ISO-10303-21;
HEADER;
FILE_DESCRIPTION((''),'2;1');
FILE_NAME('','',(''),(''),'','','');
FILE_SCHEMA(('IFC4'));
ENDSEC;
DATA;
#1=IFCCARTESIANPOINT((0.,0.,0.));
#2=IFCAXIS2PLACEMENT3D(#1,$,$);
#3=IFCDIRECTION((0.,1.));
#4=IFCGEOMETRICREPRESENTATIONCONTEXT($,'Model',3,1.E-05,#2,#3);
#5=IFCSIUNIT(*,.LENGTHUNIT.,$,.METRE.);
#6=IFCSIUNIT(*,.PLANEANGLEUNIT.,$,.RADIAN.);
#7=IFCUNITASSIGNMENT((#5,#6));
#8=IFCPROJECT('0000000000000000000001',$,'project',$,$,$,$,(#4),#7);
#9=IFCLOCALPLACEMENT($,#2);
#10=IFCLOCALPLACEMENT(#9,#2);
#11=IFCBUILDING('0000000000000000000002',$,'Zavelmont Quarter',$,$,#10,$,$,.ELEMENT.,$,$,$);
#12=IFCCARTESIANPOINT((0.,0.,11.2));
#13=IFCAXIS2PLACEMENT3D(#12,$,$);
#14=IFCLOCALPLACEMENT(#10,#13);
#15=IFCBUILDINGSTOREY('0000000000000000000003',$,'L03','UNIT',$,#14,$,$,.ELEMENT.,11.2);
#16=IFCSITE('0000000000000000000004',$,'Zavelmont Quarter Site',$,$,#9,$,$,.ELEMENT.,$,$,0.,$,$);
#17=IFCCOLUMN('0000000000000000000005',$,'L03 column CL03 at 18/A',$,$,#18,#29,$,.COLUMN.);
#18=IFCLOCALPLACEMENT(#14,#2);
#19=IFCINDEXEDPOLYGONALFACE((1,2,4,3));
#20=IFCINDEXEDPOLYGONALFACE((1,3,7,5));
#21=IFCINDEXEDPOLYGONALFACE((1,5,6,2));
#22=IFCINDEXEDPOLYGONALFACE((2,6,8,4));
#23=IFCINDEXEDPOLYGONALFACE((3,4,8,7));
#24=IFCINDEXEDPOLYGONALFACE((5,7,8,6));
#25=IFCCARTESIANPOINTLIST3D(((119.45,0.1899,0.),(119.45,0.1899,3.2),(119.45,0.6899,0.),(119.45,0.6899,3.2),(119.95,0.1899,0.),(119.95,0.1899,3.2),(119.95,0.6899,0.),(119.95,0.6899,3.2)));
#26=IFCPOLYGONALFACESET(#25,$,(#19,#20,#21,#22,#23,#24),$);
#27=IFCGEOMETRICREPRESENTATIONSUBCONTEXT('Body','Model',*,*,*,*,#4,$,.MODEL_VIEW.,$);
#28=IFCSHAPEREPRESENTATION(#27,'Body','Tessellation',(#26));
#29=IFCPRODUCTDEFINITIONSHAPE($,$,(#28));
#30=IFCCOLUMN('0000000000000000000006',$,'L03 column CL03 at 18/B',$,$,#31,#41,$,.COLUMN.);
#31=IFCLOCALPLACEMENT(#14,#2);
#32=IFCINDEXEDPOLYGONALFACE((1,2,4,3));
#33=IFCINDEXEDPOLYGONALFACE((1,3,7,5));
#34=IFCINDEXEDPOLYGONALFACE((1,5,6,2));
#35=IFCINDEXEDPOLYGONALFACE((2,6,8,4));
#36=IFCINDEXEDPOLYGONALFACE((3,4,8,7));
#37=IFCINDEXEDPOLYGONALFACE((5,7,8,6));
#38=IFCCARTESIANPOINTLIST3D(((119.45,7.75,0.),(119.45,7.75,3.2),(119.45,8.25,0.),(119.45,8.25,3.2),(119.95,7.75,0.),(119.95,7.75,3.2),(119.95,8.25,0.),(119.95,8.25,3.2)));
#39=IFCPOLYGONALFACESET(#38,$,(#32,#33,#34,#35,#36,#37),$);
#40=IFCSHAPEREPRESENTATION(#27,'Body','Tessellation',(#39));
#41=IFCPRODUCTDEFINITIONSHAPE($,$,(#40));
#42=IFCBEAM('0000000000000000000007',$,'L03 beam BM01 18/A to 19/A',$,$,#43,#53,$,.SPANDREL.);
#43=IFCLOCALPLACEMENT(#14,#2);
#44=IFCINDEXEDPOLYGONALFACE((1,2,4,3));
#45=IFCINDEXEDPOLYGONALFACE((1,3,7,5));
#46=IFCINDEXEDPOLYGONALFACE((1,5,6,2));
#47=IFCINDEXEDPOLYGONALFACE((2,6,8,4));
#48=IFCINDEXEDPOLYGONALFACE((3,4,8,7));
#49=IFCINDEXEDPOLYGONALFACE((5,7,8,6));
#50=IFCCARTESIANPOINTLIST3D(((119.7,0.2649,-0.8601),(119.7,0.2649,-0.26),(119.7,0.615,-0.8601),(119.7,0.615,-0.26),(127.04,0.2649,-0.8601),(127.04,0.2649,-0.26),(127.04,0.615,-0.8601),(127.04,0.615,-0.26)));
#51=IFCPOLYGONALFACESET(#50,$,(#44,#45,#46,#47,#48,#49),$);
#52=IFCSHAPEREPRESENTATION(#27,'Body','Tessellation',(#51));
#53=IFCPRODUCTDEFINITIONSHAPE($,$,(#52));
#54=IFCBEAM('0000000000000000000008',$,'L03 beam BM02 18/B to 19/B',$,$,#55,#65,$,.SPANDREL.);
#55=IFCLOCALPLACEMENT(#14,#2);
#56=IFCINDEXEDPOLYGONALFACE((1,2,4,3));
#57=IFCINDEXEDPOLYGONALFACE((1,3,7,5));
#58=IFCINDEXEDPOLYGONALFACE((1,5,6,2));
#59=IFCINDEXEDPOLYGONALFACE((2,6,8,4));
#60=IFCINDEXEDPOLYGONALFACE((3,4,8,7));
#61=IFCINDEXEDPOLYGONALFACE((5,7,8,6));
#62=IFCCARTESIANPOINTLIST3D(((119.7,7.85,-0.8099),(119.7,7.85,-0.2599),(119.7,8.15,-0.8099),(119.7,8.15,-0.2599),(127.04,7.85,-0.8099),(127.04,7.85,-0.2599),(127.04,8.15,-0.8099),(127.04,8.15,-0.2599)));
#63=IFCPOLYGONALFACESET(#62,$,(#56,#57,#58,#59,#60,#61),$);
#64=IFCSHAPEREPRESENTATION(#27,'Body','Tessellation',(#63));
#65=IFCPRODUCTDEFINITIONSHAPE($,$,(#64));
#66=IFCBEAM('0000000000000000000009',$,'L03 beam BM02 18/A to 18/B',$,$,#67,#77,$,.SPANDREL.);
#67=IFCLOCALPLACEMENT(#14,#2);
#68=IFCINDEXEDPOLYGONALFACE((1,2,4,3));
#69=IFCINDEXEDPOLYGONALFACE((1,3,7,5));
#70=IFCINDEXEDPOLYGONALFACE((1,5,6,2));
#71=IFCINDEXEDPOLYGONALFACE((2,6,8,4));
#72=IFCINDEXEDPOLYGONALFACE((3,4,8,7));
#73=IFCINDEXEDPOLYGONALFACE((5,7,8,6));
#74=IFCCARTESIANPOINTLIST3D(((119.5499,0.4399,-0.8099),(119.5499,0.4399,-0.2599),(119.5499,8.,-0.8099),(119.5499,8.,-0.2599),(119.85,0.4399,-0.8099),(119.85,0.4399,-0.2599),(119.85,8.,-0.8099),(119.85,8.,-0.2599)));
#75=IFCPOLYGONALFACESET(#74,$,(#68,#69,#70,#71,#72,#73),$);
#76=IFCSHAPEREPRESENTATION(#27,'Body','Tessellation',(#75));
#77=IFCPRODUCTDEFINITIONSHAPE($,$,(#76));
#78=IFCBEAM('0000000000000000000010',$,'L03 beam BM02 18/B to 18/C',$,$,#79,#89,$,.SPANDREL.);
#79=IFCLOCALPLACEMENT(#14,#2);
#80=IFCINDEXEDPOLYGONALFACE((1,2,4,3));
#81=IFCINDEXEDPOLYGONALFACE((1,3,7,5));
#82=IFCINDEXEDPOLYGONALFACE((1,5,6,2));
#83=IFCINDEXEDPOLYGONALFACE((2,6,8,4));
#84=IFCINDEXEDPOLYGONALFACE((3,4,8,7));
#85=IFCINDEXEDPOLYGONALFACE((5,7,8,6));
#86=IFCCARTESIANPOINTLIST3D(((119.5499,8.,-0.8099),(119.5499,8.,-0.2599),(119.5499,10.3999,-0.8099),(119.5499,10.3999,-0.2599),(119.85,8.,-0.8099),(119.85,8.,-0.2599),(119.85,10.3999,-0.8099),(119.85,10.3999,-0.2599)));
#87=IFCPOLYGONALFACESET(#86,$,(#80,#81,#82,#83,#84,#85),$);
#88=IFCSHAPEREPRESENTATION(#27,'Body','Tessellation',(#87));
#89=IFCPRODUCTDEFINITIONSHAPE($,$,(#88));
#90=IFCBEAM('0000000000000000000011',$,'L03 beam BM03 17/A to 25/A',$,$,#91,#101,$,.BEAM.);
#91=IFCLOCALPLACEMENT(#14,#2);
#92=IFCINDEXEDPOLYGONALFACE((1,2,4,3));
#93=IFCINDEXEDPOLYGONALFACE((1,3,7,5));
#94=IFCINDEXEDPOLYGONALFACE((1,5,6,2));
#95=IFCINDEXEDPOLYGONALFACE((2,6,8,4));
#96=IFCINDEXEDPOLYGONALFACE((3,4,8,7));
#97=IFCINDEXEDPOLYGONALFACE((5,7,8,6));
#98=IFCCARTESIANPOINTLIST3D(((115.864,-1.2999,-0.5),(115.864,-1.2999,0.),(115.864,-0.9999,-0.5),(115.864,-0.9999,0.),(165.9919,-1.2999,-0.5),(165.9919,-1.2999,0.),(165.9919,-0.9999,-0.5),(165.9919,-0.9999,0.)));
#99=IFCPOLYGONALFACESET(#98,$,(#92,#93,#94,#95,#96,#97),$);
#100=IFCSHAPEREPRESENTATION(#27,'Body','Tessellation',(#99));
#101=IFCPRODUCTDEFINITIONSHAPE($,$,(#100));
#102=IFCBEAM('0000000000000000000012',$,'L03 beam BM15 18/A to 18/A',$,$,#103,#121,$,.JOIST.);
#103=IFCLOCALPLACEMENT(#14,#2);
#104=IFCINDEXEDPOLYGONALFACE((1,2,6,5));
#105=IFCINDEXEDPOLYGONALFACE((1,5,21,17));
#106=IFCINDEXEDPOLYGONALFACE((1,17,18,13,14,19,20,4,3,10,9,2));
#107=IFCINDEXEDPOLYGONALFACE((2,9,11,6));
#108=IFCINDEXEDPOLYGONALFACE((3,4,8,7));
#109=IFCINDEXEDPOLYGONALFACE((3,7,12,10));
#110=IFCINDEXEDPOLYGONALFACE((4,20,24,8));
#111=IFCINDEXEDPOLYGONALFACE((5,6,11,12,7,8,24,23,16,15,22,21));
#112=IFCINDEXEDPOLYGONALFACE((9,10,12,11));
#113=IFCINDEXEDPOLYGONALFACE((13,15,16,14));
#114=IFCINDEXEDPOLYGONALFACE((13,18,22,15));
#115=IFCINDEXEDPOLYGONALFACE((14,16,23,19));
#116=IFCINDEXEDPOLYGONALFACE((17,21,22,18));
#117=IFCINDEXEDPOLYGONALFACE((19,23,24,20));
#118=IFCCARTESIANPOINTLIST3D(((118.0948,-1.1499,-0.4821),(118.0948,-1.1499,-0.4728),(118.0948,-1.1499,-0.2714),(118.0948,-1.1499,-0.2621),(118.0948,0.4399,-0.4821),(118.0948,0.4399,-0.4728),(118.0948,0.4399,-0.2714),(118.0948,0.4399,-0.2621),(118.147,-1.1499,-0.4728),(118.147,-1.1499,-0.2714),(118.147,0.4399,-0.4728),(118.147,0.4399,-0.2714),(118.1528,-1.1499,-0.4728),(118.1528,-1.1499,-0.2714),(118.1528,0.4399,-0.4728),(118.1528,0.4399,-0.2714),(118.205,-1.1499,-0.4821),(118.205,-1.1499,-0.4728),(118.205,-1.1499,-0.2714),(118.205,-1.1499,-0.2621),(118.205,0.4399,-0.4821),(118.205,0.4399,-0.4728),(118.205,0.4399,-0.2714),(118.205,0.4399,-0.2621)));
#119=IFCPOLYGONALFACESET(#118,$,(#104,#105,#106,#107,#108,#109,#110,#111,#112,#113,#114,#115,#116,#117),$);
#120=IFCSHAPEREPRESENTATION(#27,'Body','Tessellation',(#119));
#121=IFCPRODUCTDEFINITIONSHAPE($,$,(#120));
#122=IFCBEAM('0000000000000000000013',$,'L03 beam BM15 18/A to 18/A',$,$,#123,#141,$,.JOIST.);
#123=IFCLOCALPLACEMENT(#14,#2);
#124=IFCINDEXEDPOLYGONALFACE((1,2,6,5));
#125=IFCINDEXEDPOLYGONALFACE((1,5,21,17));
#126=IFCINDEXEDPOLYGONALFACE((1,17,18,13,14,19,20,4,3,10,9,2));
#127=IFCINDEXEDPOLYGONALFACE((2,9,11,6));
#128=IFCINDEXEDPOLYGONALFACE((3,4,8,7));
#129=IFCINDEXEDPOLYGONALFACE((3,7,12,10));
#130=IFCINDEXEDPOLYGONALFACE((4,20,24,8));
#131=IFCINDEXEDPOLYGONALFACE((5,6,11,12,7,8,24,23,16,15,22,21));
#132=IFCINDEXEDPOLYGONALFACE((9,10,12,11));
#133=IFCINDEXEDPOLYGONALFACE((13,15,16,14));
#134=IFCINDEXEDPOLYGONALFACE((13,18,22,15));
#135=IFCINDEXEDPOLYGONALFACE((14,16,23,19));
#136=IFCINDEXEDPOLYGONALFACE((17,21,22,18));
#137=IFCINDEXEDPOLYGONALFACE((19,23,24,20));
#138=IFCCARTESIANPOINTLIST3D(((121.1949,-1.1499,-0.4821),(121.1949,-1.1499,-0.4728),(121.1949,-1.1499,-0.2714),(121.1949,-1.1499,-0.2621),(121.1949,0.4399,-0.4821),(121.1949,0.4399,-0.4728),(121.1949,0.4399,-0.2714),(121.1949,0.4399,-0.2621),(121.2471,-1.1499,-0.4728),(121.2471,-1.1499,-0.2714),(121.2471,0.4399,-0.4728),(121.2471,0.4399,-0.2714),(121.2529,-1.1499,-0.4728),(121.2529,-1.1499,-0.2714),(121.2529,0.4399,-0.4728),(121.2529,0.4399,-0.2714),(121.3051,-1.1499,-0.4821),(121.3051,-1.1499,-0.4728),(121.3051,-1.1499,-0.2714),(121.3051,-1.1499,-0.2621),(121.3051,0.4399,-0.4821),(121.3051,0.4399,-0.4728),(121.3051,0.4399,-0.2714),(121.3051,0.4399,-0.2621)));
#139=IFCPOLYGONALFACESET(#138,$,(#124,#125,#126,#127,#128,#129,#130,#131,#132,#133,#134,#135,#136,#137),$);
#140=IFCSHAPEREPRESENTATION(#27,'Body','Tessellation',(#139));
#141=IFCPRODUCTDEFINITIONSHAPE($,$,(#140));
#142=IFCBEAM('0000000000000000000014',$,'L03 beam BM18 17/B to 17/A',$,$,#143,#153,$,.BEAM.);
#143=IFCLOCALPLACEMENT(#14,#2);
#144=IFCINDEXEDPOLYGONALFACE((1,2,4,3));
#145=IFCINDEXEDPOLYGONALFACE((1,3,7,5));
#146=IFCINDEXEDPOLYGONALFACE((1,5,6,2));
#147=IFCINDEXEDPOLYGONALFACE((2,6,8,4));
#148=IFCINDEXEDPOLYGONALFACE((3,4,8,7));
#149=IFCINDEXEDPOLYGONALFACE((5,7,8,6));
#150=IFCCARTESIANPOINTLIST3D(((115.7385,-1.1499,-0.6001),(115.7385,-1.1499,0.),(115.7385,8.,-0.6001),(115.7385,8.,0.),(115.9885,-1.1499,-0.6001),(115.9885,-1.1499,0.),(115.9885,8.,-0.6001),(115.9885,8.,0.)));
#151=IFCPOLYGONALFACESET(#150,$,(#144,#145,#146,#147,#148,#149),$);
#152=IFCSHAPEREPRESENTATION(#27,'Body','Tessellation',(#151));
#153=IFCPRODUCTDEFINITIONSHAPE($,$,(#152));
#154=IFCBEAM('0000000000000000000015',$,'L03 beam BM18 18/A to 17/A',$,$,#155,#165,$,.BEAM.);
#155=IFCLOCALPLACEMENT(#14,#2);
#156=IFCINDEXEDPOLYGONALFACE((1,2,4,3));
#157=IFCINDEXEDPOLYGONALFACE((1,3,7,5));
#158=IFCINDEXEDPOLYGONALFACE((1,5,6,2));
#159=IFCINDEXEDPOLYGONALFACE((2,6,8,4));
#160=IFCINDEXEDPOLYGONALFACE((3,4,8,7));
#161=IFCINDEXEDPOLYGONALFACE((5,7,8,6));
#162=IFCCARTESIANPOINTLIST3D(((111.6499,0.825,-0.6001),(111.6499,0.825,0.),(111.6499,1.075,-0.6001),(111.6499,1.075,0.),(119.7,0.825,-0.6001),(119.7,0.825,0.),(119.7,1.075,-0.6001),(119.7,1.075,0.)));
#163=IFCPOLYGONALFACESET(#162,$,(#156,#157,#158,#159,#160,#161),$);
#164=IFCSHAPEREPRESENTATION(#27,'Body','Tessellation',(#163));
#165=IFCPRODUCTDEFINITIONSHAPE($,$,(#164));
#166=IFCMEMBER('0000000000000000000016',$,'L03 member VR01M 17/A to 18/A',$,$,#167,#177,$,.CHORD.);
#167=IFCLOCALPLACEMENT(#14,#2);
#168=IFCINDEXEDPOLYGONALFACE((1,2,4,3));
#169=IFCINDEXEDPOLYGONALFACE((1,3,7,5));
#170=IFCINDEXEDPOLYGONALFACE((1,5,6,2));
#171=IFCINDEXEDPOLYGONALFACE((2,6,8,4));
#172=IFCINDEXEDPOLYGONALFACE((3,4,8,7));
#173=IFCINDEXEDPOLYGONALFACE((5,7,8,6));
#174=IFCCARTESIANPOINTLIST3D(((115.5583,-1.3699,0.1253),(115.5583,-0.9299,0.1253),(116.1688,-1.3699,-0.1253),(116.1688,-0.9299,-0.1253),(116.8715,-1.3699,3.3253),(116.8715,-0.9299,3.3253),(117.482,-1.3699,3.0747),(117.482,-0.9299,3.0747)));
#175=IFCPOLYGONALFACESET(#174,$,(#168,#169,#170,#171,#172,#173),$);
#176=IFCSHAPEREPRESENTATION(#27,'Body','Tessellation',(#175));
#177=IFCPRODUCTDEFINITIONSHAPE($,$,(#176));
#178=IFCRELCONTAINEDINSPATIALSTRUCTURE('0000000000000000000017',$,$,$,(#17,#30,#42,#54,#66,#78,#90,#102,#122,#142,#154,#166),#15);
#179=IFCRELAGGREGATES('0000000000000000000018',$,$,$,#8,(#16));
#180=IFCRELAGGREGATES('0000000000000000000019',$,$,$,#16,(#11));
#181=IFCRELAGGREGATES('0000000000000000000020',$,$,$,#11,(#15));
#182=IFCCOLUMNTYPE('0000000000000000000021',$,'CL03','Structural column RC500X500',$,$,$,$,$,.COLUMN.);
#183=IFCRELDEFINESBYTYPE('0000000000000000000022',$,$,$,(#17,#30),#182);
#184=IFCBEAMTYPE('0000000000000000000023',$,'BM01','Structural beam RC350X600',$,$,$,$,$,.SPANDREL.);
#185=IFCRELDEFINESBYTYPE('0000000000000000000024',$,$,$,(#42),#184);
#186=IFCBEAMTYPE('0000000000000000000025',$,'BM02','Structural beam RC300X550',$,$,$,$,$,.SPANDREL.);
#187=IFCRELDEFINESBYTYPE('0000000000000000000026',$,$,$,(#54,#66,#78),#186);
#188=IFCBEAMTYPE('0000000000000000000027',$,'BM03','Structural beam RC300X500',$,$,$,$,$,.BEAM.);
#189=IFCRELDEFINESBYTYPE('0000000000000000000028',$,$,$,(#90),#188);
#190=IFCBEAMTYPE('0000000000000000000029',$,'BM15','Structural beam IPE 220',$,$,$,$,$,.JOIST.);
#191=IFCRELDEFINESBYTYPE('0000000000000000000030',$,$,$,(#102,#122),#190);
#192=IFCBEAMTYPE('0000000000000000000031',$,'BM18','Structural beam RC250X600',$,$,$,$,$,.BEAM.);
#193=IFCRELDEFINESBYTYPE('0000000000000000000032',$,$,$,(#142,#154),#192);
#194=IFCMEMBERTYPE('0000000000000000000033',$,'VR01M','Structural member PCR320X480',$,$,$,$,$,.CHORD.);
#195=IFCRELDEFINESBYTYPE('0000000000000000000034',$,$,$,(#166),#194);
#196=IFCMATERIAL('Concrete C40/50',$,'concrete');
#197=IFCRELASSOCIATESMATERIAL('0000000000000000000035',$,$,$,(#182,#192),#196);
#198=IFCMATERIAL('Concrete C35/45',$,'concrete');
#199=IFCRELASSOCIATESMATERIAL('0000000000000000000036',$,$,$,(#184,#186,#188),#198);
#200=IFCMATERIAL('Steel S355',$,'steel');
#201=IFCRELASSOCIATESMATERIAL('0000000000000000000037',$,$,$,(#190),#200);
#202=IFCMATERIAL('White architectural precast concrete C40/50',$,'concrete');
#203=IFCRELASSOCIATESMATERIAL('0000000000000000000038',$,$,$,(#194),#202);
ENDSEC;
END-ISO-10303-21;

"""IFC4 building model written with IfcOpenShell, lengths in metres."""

from ifc_helpers import new_model, si_unit, direction, frame, origin, origin_2d, place, context, subcontext, project, spatial, rectangle, i_section, extrude, material, material_profile, profile_set, type_object, element, save


model = new_model("IFC4")

# Units and contexts
model_context = context("Model", 3, precision=1e-05, world=origin(), true_north=direction((0.0, 1.0)))
body_context = subcontext(model_context, "Body", "Model", "MODEL_VIEW")
ifc_project = project(units=[si_unit("LENGTHUNIT", "METRE"), si_unit("PLANEANGLEUNIT", "RADIAN")], contexts=[model_context])

# Site, building, storey
site_placement = place(None, origin())
site = spatial("IfcSite", under=ifc_project, at=site_placement, Name="Zavelmont Quarter Site", CompositionType="ELEMENT", RefElevation=0.0)
building_placement = place(site_placement, origin())
building = spatial("IfcBuilding", under=site, at=building_placement, Name="Zavelmont Quarter", CompositionType="ELEMENT")
storey_placement = place(building_placement, frame((0.0, 0.0, 11.2)))
storey = spatial("IfcBuildingStorey", under=building, at=storey_placement, Name="L03", Description="UNIT", CompositionType="ELEMENT", Elevation=11.2)

# Columns
ifc_material_1 = material(Name="Concrete C40/50", Category="concrete")
ifc_material_profile_1 = material_profile(ifc_material_1, rectangle(XDim=0.5, YDim=0.5, at=origin_2d()), Name="RC500X500")
ifc_profile_set_1 = profile_set([ifc_material_profile_1], Name="Concrete C40/50")
column_type = type_object("IfcColumnType", Name="CL03", Description="Structural column RC500X500", PredefinedType="COLUMN", material=ifc_profile_set_1)
for number, where, z_axis, x_axis, name in (
    (1, (119.7, 0.4399, 0.0), (0.0, 0.0, 1.0), (1.0, 0.0, 0.0), "L03 column CL03 at 18/A"),
    (2, (119.7, 8.0, 0.0), (0.0, 0.0, 1.0), (1.0, 0.0, 0.0), "L03 column CL03 at 18/B"),
):
    element("IfcColumn", number, at=place(storey_placement, frame(where, z_axis=z_axis, x_axis=x_axis)), inside=storey, type_object=column_type, Name=name, PredefinedType="COLUMN", context=body_context, shape_type="SweptSolid", body=[
        extrude(rectangle(XDim=0.5, YDim=0.5, at=origin_2d()), origin(), (0.0, 0.0, 1.0), 3.2),
    ])

# Beams
ifc_material_2 = material(Name="Concrete C35/45", Category="concrete")
ifc_material_profile_2 = material_profile(ifc_material_2, rectangle(XDim=0.3501, YDim=0.6001, at=origin_2d()), Name="RC350X600")
ifc_profile_set_2 = profile_set([ifc_material_profile_2], Name="Concrete C35/45")
beam_type_1 = type_object("IfcBeamType", Name="BM01", Description="Structural beam RC350X600", PredefinedType="SPANDREL", material=ifc_profile_set_2)
beam_1_placement = place(storey_placement, frame((119.7, 0.4399, -0.5601), z_axis=(1.0, 0.0, 0.0), x_axis=(0.0, 1.0, 0.0)))
element("IfcBeam", 3, at=beam_1_placement, inside=storey, type_object=beam_type_1, Name="L03 beam BM01 18/A to 19/A", PredefinedType="SPANDREL", context=body_context, shape_type="SweptSolid", body=[
    extrude(rectangle(XDim=0.3501, YDim=0.6001, at=origin_2d()), origin(), (0.0, 0.0, 1.0), 7.3401),
])
ifc_material_profile_3 = material_profile(ifc_material_2, rectangle(XDim=0.3, YDim=0.55, at=origin_2d()), Name="RC300X550")
ifc_profile_set_3 = profile_set([ifc_material_profile_3], Name="Concrete C35/45")
beam_type_2 = type_object("IfcBeamType", Name="BM02", Description="Structural beam RC300X550", PredefinedType="SPANDREL", material=ifc_profile_set_3)
beam_2_placement = place(storey_placement, frame((119.7, 8.0, -0.5349), z_axis=(1.0, 0.0, 0.0), x_axis=(0.0, 1.0, 0.0)))
element("IfcBeam", 4, at=beam_2_placement, inside=storey, type_object=beam_type_2, Name="L03 beam BM02 18/B to 19/B", PredefinedType="SPANDREL", context=body_context, shape_type="SweptSolid", body=[
    extrude(rectangle(XDim=0.3, YDim=0.55, at=origin_2d()), origin(), (0.0, 0.0, 1.0), 7.3401),
])
beam_3_placement = place(storey_placement, frame((119.7, 0.4399, -0.5349), z_axis=(0.0, 1.0, 0.0), x_axis=(-1.0, 0.0, 0.0)))
element("IfcBeam", 5, at=beam_3_placement, inside=storey, type_object=beam_type_2, Name="L03 beam BM02 18/A to 18/B", PredefinedType="SPANDREL", context=body_context, shape_type="SweptSolid", body=[
    extrude(rectangle(XDim=0.3, YDim=0.55, at=origin_2d()), origin(), (0.0, 0.0, 1.0), 7.5601),
])
beam_4_placement = place(storey_placement, frame((119.7, 8.0, -0.5349), z_axis=(0.0, 1.0, 0.0), x_axis=(-1.0, 0.0, 0.0)))
element("IfcBeam", 6, at=beam_4_placement, inside=storey, type_object=beam_type_2, Name="L03 beam BM02 18/B to 18/C", PredefinedType="SPANDREL", context=body_context, shape_type="SweptSolid", body=[
    extrude(rectangle(XDim=0.3, YDim=0.55, at=origin_2d()), origin(), (0.0, 0.0, 1.0), 2.3999),
])
ifc_material_profile_4 = material_profile(ifc_material_2, rectangle(XDim=0.3, YDim=0.5, at=origin_2d()), Name="RC300X500")
ifc_profile_set_4 = profile_set([ifc_material_profile_4], Name="Concrete C35/45")
beam_type_3 = type_object("IfcBeamType", Name="BM03", Description="Structural beam RC300X500", PredefinedType="BEAM", material=ifc_profile_set_4)
beam_5_placement = place(storey_placement, frame((115.864, -1.1499, -0.25), z_axis=(1.0, 0.0, 0.0), x_axis=(0.0, 1.0, 0.0)))
element("IfcBeam", 7, at=beam_5_placement, inside=storey, type_object=beam_type_3, Name="L03 beam BM03 17/A to 25/A", PredefinedType="BEAM", context=body_context, shape_type="SweptSolid", body=[
    extrude(rectangle(XDim=0.3, YDim=0.5, at=origin_2d()), origin(), (0.0, 0.0, 1.0), 50.1279),
])
ifc_material_3 = material(Name="Steel S355", Category="steel")
ifc_material_profile_5 = material_profile(ifc_material_3, i_section(OverallWidth=0.1101, OverallDepth=0.22, WebThickness=0.0059, FlangeThickness=0.0093, at=origin_2d()), Name="IPE 220")
ifc_profile_set_5 = profile_set([ifc_material_profile_5], Name="Steel S355")
beam_type_4 = type_object("IfcBeamType", Name="BM15", Description="Structural beam IPE 220", PredefinedType="JOIST", material=ifc_profile_set_5)
for number, where, z_axis, x_axis, name in (
    (8, (118.1499, 0.4399, -0.3721), (0.0, -1.0, 0.0), (1.0, 0.0, 0.0), "L03 beam BM15 18/A to 18/A"),
    (9, (121.25, 0.4399, -0.3721), (0.0, -1.0, 0.0), (1.0, 0.0, 0.0), "L03 beam BM15 18/A to 18/A"),
):
    element("IfcBeam", number, at=place(storey_placement, frame(where, z_axis=z_axis, x_axis=x_axis)), inside=storey, type_object=beam_type_4, Name=name, PredefinedType="JOIST", context=body_context, shape_type="SweptSolid", body=[
        extrude(i_section(OverallWidth=0.1101, OverallDepth=0.22, WebThickness=0.0059, FlangeThickness=0.0093, at=origin_2d()), origin(), (0.0, 0.0, 1.0), 1.5898),
    ])
ifc_material_profile_6 = material_profile(ifc_material_1, rectangle(XDim=0.25, YDim=0.6001, at=origin_2d()), Name="RC250X600")
ifc_profile_set_6 = profile_set([ifc_material_profile_6], Name="Concrete C40/50")
beam_type_5 = type_object("IfcBeamType", Name="BM18", Description="Structural beam RC250X600", PredefinedType="BEAM", material=ifc_profile_set_6)
beam_6_placement = place(storey_placement, frame((115.8635, 8.0, -0.3), z_axis=(0.0, -1.0, 0.0), x_axis=(1.0, 0.0, 0.0)))
element("IfcBeam", 10, at=beam_6_placement, inside=storey, type_object=beam_type_5, Name="L03 beam BM18 17/B to 17/A", PredefinedType="BEAM", context=body_context, shape_type="SweptSolid", body=[
    extrude(rectangle(XDim=0.25, YDim=0.6001, at=origin_2d()), origin(), (0.0, 0.0, 1.0), 9.1499),
])
beam_7_placement = place(storey_placement, frame((119.7, 0.95, -0.3), z_axis=(-1.0, 0.0, 0.0), x_axis=(0.0, -1.0, 0.0)))
element("IfcBeam", 11, at=beam_7_placement, inside=storey, type_object=beam_type_5, Name="L03 beam BM18 18/A to 17/A", PredefinedType="BEAM", context=body_context, shape_type="SweptSolid", body=[
    extrude(rectangle(XDim=0.25, YDim=0.6001, at=origin_2d()), origin(), (0.0, 0.0, 1.0), 8.05),
])

# Member
ifc_material_4 = material(Name="White architectural precast concrete C40/50", Category="concrete")
ifc_material_profile_7 = material_profile(ifc_material_4, rectangle(XDim=0.4399, YDim=0.6599, at=origin_2d()), Name="PCR320X480")
ifc_profile_set_7 = profile_set([ifc_material_profile_7], Name="White architectural precast concrete C40/50")
member_type = type_object("IfcMemberType", Name="VR01M", Description="Structural member PCR320X480", PredefinedType="CHORD", material=ifc_profile_set_7)
member_placement = place(storey_placement, frame((115.8635, -1.1499, 0.0), z_axis=(0.379663, 0.0, 0.925125), x_axis=(0.0, 1.0, 0.0)))
element("IfcMember", 12, at=member_placement, inside=storey, type_object=member_type, Name="L03 member VR01M 17/A to 18/A", PredefinedType="CHORD", context=body_context, shape_type="SweptSolid", body=[
    extrude(rectangle(XDim=0.4399, YDim=0.6599, at=origin_2d()), origin(), (0.0, 0.0, 1.0), 3.459),
])

save(model, "model.ifc")
